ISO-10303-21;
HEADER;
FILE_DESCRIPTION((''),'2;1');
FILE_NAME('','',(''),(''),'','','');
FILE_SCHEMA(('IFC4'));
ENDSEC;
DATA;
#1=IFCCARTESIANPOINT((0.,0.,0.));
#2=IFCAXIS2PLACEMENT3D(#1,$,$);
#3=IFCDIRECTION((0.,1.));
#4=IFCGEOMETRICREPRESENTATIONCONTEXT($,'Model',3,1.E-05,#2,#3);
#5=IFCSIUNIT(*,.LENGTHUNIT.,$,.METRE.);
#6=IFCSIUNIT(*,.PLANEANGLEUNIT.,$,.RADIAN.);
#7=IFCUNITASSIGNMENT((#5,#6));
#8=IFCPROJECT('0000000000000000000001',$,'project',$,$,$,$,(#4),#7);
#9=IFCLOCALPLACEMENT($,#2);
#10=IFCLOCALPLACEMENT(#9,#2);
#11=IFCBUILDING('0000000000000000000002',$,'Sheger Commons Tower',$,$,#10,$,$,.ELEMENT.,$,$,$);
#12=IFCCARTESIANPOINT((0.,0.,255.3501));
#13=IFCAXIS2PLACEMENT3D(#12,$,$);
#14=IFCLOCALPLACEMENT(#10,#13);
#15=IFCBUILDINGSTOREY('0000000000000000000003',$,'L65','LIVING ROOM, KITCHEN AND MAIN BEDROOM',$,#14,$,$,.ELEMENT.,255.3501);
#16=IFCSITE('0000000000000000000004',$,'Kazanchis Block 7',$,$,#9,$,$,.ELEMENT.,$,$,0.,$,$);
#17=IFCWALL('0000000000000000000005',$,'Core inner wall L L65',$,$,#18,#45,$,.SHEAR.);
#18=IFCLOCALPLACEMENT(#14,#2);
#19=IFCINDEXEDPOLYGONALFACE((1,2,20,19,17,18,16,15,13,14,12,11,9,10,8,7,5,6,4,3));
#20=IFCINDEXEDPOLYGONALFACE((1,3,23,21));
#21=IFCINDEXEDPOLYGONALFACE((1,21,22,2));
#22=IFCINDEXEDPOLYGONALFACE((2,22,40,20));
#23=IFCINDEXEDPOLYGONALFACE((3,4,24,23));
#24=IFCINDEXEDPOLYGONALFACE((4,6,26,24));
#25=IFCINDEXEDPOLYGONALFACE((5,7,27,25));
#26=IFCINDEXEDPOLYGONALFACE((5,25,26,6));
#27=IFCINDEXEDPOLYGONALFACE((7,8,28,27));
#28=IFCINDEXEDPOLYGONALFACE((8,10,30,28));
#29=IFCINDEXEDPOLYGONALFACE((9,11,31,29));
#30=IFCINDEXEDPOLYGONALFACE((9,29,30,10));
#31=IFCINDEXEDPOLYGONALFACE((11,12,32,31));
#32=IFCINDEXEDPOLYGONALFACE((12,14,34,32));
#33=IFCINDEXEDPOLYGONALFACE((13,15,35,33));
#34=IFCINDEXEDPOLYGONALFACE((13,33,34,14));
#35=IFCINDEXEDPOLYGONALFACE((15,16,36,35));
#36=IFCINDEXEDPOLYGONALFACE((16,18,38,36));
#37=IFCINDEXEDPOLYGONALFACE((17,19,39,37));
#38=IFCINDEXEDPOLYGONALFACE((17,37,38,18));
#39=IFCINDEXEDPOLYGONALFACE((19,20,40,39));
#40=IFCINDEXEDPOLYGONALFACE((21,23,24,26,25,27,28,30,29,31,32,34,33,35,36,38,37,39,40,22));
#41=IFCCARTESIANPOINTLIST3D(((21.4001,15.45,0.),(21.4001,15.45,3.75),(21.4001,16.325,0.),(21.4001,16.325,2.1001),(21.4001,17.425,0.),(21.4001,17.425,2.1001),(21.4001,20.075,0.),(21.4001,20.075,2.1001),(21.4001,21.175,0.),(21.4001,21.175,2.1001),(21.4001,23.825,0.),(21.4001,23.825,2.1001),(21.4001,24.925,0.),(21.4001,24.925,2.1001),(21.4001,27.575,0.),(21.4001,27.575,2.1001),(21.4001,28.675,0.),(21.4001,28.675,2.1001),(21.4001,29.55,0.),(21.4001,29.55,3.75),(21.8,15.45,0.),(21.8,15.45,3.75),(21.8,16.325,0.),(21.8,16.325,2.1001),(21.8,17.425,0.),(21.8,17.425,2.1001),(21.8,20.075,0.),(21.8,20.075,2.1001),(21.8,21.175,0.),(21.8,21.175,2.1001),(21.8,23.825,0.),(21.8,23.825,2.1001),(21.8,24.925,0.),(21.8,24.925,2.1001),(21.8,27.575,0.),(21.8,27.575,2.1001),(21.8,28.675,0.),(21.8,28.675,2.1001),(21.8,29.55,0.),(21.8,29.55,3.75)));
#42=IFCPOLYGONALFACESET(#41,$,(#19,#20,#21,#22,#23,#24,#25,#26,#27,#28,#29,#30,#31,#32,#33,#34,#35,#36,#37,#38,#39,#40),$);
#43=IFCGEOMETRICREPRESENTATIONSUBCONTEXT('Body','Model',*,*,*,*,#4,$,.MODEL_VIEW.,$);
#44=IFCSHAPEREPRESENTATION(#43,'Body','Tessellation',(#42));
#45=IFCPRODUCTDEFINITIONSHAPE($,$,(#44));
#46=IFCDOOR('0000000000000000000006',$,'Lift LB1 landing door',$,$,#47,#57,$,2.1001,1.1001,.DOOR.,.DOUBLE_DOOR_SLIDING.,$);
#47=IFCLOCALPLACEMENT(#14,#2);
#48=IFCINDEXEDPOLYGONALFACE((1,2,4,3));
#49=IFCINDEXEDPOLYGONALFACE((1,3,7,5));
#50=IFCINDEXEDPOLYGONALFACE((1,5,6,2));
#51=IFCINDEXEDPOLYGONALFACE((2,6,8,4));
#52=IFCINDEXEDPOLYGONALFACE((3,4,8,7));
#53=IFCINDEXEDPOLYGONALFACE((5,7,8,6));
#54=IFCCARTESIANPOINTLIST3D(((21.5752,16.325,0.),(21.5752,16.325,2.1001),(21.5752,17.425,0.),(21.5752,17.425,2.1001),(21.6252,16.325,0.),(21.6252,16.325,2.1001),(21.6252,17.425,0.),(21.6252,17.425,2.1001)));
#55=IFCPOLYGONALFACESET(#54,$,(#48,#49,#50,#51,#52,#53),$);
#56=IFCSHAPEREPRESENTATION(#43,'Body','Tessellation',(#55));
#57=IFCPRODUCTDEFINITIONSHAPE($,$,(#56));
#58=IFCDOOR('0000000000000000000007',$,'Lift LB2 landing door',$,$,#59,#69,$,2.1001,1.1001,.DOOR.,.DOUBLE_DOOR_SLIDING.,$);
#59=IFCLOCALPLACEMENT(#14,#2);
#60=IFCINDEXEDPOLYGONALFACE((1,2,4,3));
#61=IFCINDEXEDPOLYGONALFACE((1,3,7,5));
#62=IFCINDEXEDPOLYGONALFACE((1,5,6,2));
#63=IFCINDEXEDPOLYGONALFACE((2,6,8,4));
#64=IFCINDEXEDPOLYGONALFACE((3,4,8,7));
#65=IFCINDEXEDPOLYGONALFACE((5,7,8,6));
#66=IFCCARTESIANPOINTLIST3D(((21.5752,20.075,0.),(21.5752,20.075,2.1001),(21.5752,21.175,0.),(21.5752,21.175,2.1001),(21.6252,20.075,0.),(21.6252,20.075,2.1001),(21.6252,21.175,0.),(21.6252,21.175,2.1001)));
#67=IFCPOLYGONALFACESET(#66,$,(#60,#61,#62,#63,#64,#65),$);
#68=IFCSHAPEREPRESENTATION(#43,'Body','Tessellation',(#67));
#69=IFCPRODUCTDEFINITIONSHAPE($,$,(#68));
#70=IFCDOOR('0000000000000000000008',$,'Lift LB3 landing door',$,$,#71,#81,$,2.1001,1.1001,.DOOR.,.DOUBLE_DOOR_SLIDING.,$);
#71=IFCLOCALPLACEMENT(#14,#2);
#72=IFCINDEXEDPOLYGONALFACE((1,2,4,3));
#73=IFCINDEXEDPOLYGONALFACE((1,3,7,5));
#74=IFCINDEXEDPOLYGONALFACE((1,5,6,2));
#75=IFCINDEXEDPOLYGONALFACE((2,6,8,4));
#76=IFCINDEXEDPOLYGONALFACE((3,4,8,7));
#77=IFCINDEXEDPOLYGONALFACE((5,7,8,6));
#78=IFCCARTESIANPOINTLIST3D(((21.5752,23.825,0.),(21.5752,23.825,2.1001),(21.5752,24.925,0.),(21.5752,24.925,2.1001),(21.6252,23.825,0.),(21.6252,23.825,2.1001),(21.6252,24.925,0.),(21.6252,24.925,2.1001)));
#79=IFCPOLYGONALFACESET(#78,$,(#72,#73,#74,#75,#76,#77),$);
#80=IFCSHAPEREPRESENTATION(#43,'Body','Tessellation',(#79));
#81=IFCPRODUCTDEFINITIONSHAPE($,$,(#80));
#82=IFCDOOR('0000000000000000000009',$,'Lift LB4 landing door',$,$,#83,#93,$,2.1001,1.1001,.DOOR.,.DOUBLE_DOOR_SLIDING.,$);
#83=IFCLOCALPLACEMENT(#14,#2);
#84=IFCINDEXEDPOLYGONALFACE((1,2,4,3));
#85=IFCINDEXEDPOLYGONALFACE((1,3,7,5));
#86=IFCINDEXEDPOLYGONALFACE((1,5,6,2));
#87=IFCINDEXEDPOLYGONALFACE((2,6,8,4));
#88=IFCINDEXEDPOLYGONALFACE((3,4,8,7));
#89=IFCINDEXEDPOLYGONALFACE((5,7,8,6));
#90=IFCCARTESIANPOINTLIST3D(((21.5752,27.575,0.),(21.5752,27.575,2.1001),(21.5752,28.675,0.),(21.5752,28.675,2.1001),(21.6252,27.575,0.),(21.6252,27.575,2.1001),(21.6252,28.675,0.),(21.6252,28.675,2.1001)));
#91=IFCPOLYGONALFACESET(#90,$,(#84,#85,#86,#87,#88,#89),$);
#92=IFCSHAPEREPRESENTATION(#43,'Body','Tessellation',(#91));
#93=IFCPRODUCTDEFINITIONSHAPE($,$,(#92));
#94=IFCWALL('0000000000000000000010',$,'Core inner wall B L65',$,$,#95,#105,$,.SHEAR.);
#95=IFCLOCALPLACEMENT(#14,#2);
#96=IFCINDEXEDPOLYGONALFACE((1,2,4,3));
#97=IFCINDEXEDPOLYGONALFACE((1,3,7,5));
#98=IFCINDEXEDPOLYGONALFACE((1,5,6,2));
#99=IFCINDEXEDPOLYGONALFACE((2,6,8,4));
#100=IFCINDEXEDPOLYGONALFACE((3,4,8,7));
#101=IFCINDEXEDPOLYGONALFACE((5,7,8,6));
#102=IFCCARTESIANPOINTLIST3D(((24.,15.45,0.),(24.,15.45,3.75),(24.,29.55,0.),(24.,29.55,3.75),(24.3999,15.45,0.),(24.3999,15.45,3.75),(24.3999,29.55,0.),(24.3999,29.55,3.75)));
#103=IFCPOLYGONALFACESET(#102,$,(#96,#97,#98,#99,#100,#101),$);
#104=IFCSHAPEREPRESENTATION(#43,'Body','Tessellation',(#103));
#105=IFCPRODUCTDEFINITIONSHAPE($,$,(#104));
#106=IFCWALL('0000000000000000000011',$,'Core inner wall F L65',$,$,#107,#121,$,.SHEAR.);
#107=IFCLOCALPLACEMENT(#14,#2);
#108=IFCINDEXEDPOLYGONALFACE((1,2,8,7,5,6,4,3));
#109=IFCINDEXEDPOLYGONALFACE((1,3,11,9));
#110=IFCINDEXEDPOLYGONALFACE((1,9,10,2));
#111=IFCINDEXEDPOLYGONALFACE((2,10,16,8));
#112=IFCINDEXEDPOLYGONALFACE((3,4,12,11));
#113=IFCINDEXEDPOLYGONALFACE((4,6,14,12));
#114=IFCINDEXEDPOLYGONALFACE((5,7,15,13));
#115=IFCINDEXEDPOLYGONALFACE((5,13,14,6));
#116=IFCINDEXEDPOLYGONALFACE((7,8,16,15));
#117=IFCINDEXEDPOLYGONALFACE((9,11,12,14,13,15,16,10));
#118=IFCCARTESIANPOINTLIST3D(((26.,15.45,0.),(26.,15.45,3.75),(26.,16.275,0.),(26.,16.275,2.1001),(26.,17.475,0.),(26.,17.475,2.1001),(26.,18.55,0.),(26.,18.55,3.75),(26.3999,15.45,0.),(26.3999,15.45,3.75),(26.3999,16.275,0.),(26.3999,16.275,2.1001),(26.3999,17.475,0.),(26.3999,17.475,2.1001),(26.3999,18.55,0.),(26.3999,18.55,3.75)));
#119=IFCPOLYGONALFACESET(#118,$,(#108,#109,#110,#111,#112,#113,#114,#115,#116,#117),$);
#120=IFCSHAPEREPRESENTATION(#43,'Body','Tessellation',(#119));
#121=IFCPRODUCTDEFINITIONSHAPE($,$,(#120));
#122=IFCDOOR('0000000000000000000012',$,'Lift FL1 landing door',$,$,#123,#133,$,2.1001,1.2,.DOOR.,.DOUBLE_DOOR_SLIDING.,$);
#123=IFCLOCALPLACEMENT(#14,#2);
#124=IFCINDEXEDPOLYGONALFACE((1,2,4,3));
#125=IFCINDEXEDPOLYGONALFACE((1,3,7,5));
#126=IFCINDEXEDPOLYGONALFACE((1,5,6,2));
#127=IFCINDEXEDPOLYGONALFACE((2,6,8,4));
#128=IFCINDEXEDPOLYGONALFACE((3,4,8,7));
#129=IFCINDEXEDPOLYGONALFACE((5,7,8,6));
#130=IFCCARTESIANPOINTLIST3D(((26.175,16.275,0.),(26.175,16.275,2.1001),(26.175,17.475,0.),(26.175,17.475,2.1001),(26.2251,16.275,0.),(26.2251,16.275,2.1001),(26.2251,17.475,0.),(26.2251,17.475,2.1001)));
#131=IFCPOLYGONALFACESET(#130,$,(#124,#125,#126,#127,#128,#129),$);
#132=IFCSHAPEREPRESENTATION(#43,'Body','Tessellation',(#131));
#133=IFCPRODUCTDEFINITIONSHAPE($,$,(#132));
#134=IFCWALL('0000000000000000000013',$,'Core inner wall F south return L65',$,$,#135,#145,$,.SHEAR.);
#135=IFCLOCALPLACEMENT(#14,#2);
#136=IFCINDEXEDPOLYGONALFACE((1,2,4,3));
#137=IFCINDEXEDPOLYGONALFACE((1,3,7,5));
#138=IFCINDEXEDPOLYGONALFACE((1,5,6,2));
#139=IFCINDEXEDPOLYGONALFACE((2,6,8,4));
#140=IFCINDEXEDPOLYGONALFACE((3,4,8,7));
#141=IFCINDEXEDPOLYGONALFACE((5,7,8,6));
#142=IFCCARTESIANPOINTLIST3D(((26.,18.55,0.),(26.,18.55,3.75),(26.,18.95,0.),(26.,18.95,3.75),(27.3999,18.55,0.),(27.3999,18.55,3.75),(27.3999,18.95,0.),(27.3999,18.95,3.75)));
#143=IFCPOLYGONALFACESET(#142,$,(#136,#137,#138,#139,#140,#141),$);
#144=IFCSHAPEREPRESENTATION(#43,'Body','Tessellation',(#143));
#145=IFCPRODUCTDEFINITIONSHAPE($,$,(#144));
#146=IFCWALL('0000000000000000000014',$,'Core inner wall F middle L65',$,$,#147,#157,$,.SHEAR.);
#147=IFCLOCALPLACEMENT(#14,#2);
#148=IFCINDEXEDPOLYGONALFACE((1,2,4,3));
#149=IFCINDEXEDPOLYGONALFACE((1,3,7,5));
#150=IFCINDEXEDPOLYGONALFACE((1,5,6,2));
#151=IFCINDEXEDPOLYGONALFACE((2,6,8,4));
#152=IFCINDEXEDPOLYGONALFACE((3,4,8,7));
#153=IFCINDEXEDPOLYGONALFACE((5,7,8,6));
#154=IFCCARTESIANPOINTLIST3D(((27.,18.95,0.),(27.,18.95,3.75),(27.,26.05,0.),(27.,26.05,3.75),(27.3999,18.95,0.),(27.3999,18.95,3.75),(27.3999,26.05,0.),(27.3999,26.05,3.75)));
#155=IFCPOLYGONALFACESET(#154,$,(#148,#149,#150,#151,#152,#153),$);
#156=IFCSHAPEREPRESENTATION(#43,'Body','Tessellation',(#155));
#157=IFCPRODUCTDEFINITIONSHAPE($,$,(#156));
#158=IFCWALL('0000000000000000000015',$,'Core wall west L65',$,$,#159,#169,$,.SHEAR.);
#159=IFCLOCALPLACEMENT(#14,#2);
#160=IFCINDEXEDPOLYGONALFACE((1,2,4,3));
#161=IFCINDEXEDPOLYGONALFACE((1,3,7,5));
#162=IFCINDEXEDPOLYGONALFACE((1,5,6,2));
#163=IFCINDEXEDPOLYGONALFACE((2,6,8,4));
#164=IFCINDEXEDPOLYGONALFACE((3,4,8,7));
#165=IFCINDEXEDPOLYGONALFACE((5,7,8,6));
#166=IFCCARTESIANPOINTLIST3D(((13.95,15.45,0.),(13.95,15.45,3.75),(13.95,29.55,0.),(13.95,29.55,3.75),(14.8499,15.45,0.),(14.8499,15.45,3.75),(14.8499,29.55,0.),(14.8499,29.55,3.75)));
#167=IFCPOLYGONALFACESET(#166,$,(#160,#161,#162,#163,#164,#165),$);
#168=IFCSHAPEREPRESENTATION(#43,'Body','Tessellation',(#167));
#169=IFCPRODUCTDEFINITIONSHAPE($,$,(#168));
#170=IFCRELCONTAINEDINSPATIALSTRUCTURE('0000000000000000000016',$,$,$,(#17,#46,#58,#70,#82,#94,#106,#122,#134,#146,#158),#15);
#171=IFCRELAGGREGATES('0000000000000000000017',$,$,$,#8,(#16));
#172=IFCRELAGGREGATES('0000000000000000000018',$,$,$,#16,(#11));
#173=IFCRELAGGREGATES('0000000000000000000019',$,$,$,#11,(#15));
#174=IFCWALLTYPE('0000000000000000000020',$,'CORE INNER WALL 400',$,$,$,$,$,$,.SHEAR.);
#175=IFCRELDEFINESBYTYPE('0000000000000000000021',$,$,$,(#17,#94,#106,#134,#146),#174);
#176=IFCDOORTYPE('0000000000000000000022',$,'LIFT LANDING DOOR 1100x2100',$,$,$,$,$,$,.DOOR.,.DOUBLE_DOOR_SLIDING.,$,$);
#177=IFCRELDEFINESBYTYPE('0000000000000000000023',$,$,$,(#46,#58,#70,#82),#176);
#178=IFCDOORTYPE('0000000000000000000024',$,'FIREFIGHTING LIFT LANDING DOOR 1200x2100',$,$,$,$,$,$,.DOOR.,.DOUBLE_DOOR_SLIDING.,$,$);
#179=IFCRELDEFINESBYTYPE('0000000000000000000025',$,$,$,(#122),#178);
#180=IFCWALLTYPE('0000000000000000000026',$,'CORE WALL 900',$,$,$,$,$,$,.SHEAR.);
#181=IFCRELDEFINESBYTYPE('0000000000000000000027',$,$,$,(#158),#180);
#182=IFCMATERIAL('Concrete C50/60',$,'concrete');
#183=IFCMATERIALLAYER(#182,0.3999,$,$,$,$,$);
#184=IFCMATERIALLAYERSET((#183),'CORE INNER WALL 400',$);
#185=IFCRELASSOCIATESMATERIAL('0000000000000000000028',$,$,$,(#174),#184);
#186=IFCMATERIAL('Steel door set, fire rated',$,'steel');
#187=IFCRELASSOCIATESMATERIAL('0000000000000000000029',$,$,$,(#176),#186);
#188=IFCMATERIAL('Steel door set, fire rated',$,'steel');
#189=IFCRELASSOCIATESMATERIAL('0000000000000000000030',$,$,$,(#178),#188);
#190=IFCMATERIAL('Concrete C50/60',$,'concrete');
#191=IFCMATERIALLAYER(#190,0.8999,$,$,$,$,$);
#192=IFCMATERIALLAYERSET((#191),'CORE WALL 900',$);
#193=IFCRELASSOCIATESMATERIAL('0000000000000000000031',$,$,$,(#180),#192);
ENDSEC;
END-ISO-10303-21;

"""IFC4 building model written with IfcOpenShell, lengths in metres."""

from ifc_helpers import new_model, si_unit, direction, frame, frame_2d, origin, place, context, subcontext, project, spatial, rectangle, extrude, material, layer, layer_set, type_object, element, fill, save


model = new_model("IFC4")

# Units and contexts
model_context = context("Model", 3, precision=1e-05, world=origin(), true_north=direction((0.0, 1.0)))
body_context = subcontext(model_context, "Body", "Model", "MODEL_VIEW")
ifc_project = project(units=[si_unit("LENGTHUNIT", "METRE"), si_unit("PLANEANGLEUNIT", "RADIAN")], contexts=[model_context])

# Site, building, storey
site_placement = place(None, origin())
site = spatial("IfcSite", under=ifc_project, at=site_placement, Name="Kazanchis Block 7", CompositionType="ELEMENT", RefElevation=0.0)
building_placement = place(site_placement, origin())
building = spatial("IfcBuilding", under=site, at=building_placement, Name="Sheger Commons Tower", CompositionType="ELEMENT")
storey_placement = place(building_placement, frame((0.0, 0.0, 255.3501)))
storey = spatial("IfcBuildingStorey", under=building, at=storey_placement, Name="L65", Description="LIVING ROOM, KITCHEN AND MAIN BEDROOM", CompositionType="ELEMENT", Elevation=255.3501)

# Wall, openings, doors
ifc_material_1 = material(Name="Concrete C50/60", Category="concrete")
ifc_layer_1 = layer(ifc_material_1, 0.3999)
ifc_layer_set_1 = layer_set([ifc_layer_1], Name="CORE INNER WALL 400")
wall_type_1 = type_object("IfcWallType", Name="CORE INNER WALL 400", PredefinedType="SHEAR", material=ifc_layer_set_1)
wall_1_placement = place(storey_placement, frame((21.6001, 15.45, 0.0), z_axis=(0.0, 0.0, 1.0), x_axis=(0.0, 1.0, 0.0)))
wall_1 = element("IfcWall", 1, at=wall_1_placement, inside=storey, type_object=wall_type_1, Name="Core inner wall L L65", PredefinedType="SHEAR", context=body_context, shape_type="SweptSolid", body=[
    extrude(rectangle(XDim=14.1001, YDim=0.3999, at=frame_2d((7.05, 0.0))), origin(), (0.0, 0.0, 1.0), 3.75),
])
opening_1_placement = place(wall_1_placement, frame((0.875, 0.0, 0.0)))
opening_1 = element("IfcOpeningElement", 2, at=opening_1_placement, cuts=wall_1, PredefinedType="OPENING", context=body_context, shape_type="SweptSolid", body=[
    extrude(rectangle(XDim=1.1001, YDim=2.1001, at=frame_2d((0.55, 1.05))), frame((0.0, 0.21, 0.0), z_axis=(0.0, -1.0, 0.0), x_axis=(1.0, 0.0, 0.0)), (0.0, 0.0, 1.0), 0.4199),
])
opening_2_placement = place(wall_1_placement, frame((4.625, 0.0, 0.0)))
opening_2 = element("IfcOpeningElement", 3, at=opening_2_placement, cuts=wall_1, PredefinedType="OPENING", context=body_context, shape_type="SweptSolid", body=[
    extrude(rectangle(XDim=1.1001, YDim=2.1001, at=frame_2d((0.55, 1.05))), frame((0.0, 0.21, 0.0), z_axis=(0.0, -1.0, 0.0), x_axis=(1.0, 0.0, 0.0)), (0.0, 0.0, 1.0), 0.4199),
])
opening_3_placement = place(wall_1_placement, frame((8.375, 0.0, 0.0)))
opening_3 = element("IfcOpeningElement", 4, at=opening_3_placement, cuts=wall_1, PredefinedType="OPENING", context=body_context, shape_type="SweptSolid", body=[
    extrude(rectangle(XDim=1.1001, YDim=2.1001, at=frame_2d((0.55, 1.05))), frame((0.0, 0.21, 0.0), z_axis=(0.0, -1.0, 0.0), x_axis=(1.0, 0.0, 0.0)), (0.0, 0.0, 1.0), 0.4199),
])
opening_4_placement = place(wall_1_placement, frame((12.125, 0.0, 0.0)))
opening_4 = element("IfcOpeningElement", 5, at=opening_4_placement, cuts=wall_1, PredefinedType="OPENING", context=body_context, shape_type="SweptSolid", body=[
    extrude(rectangle(XDim=1.1001, YDim=2.1001, at=frame_2d((0.55, 1.05))), frame((0.0, 0.21, 0.0), z_axis=(0.0, -1.0, 0.0), x_axis=(1.0, 0.0, 0.0)), (0.0, 0.0, 1.0), 0.4199),
])
ifc_material_2 = material(Name="Steel door set, fire rated", Category="steel")
door_type_1 = type_object("IfcDoorType", Name="LIFT LANDING DOOR 1100x2100", OperationType="DOUBLE_DOOR_SLIDING", PredefinedType="DOOR", material=ifc_material_2)
door_1_placement = place(opening_1_placement, origin())
door_1 = element("IfcDoor", 6, at=door_1_placement, inside=storey, type_object=door_type_1, Name="Lift LB1 landing door", OperationType="DOUBLE_DOOR_SLIDING", OverallHeight=2.1001, OverallWidth=1.1001, PredefinedType="DOOR", context=body_context, shape_type="SweptSolid", body=[
    extrude(rectangle(XDim=1.1001, YDim=2.1001, at=frame_2d((0.55, 1.05))), frame((0.0, 0.0249, 0.0), z_axis=(0.0, -1.0, 0.0), x_axis=(1.0, 0.0, 0.0)), (0.0, 0.0, 1.0), 0.05),
])
fill(opening_1, door_1)
door_2_placement = place(opening_2_placement, origin())
door_2 = element("IfcDoor", 7, at=door_2_placement, inside=storey, type_object=door_type_1, Name="Lift LB2 landing door", OperationType="DOUBLE_DOOR_SLIDING", OverallHeight=2.1001, OverallWidth=1.1001, PredefinedType="DOOR", context=body_context, shape_type="SweptSolid", body=[
    extrude(rectangle(XDim=1.1001, YDim=2.1001, at=frame_2d((0.55, 1.05))), frame((0.0, 0.0249, 0.0), z_axis=(0.0, -1.0, 0.0), x_axis=(1.0, 0.0, 0.0)), (0.0, 0.0, 1.0), 0.05),
])
fill(opening_2, door_2)
door_3_placement = place(opening_3_placement, origin())
door_3 = element("IfcDoor", 8, at=door_3_placement, inside=storey, type_object=door_type_1, Name="Lift LB3 landing door", OperationType="DOUBLE_DOOR_SLIDING", OverallHeight=2.1001, OverallWidth=1.1001, PredefinedType="DOOR", context=body_context, shape_type="SweptSolid", body=[
    extrude(rectangle(XDim=1.1001, YDim=2.1001, at=frame_2d((0.55, 1.05))), frame((0.0, 0.0249, 0.0), z_axis=(0.0, -1.0, 0.0), x_axis=(1.0, 0.0, 0.0)), (0.0, 0.0, 1.0), 0.05),
])
fill(opening_3, door_3)
door_4_placement = place(opening_4_placement, origin())
door_4 = element("IfcDoor", 9, at=door_4_placement, inside=storey, type_object=door_type_1, Name="Lift LB4 landing door", OperationType="DOUBLE_DOOR_SLIDING", OverallHeight=2.1001, OverallWidth=1.1001, PredefinedType="DOOR", context=body_context, shape_type="SweptSolid", body=[
    extrude(rectangle(XDim=1.1001, YDim=2.1001, at=frame_2d((0.55, 1.05))), frame((0.0, 0.0249, 0.0), z_axis=(0.0, -1.0, 0.0), x_axis=(1.0, 0.0, 0.0)), (0.0, 0.0, 1.0), 0.05),
])
fill(opening_4, door_4)

# Wall
wall_2_placement = place(storey_placement, frame((24.2, 15.45, 0.0), z_axis=(0.0, 0.0, 1.0), x_axis=(0.0, 1.0, 0.0)))
element("IfcWall", 10, at=wall_2_placement, inside=storey, type_object=wall_type_1, Name="Core inner wall B L65", PredefinedType="SHEAR", context=body_context, shape_type="SweptSolid", body=[
    extrude(rectangle(XDim=14.1001, YDim=0.3999, at=frame_2d((7.05, 0.0))), origin(), (0.0, 0.0, 1.0), 3.75),
])

# Wall, opening, door
wall_3_placement = place(storey_placement, frame((26.2, 15.45, 0.0), z_axis=(0.0, 0.0, 1.0), x_axis=(0.0, 1.0, 0.0)))
wall_3 = element("IfcWall", 11, at=wall_3_placement, inside=storey, type_object=wall_type_1, Name="Core inner wall F L65", PredefinedType="SHEAR", context=body_context, shape_type="SweptSolid", body=[
    extrude(rectangle(XDim=3.1001, YDim=0.3999, at=frame_2d((1.55, 0.0))), origin(), (0.0, 0.0, 1.0), 3.75),
])
opening_5_placement = place(wall_3_placement, frame((0.825, 0.0, 0.0)))
opening_5 = element("IfcOpeningElement", 12, at=opening_5_placement, cuts=wall_3, PredefinedType="OPENING", context=body_context, shape_type="SweptSolid", body=[
    extrude(rectangle(XDim=1.2, YDim=2.1001, at=frame_2d((0.6001, 1.05))), frame((0.0, 0.21, 0.0), z_axis=(0.0, -1.0, 0.0), x_axis=(1.0, 0.0, 0.0)), (0.0, 0.0, 1.0), 0.4199),
])
ifc_material_3 = material(Name="Steel door set, fire rated", Category="steel")
door_type_2 = type_object("IfcDoorType", Name="FIREFIGHTING LIFT LANDING DOOR 1200x2100", OperationType="DOUBLE_DOOR_SLIDING", PredefinedType="DOOR", material=ifc_material_3)
door_5_placement = place(opening_5_placement, origin())
door_5 = element("IfcDoor", 13, at=door_5_placement, inside=storey, type_object=door_type_2, Name="Lift FL1 landing door", OperationType="DOUBLE_DOOR_SLIDING", OverallHeight=2.1001, OverallWidth=1.2, PredefinedType="DOOR", context=body_context, shape_type="SweptSolid", body=[
    extrude(rectangle(XDim=1.2, YDim=2.1001, at=frame_2d((0.6001, 1.05))), frame((0.0, 0.0249, 0.0), z_axis=(0.0, -1.0, 0.0), x_axis=(1.0, 0.0, 0.0)), (0.0, 0.0, 1.0), 0.05),
])
fill(opening_5, door_5)

# Walls
wall_4_placement = place(storey_placement, frame((26.0, 18.75, 0.0), z_axis=(0.0, 0.0, 1.0), x_axis=(1.0, 0.0, 0.0)))
element("IfcWall", 14, at=wall_4_placement, inside=storey, type_object=wall_type_1, Name="Core inner wall F south return L65", PredefinedType="SHEAR", context=body_context, shape_type="SweptSolid", body=[
    extrude(rectangle(XDim=1.3999, YDim=0.3999, at=frame_2d((0.7, 0.0))), origin(), (0.0, 0.0, 1.0), 3.75),
])
wall_5_placement = place(storey_placement, frame((27.2, 18.95, 0.0), z_axis=(0.0, 0.0, 1.0), x_axis=(0.0, 1.0, 0.0)))
element("IfcWall", 15, at=wall_5_placement, inside=storey, type_object=wall_type_1, Name="Core inner wall F middle L65", PredefinedType="SHEAR", context=body_context, shape_type="SweptSolid", body=[
    extrude(rectangle(XDim=7.1001, YDim=0.3999, at=frame_2d((3.55, 0.0))), origin(), (0.0, 0.0, 1.0), 3.75),
])
ifc_material_4 = material(Name="Concrete C50/60", Category="concrete")
ifc_layer_2 = layer(ifc_material_4, 0.8999)
ifc_layer_set_2 = layer_set([ifc_layer_2], Name="CORE WALL 900")
wall_type_2 = type_object("IfcWallType", Name="CORE WALL 900", PredefinedType="SHEAR", material=ifc_layer_set_2)
for number, where, z_axis, x_axis, name in (
    (16, (14.3999, 15.45, 0.0), (0.0, 0.0, 1.0), (0.0, 1.0, 0.0), "Core wall west L65"),
):
    element("IfcWall", number, at=place(storey_placement, frame(where, z_axis=z_axis, x_axis=x_axis)), inside=storey, type_object=wall_type_2, Name=name, PredefinedType="SHEAR", context=body_context, shape_type="SweptSolid", body=[
        extrude(rectangle(XDim=14.1001, YDim=0.8999, at=frame_2d((7.05, 0.0))), origin(), (0.0, 0.0, 1.0), 3.75),
    ])

save(model, "model.ifc")
